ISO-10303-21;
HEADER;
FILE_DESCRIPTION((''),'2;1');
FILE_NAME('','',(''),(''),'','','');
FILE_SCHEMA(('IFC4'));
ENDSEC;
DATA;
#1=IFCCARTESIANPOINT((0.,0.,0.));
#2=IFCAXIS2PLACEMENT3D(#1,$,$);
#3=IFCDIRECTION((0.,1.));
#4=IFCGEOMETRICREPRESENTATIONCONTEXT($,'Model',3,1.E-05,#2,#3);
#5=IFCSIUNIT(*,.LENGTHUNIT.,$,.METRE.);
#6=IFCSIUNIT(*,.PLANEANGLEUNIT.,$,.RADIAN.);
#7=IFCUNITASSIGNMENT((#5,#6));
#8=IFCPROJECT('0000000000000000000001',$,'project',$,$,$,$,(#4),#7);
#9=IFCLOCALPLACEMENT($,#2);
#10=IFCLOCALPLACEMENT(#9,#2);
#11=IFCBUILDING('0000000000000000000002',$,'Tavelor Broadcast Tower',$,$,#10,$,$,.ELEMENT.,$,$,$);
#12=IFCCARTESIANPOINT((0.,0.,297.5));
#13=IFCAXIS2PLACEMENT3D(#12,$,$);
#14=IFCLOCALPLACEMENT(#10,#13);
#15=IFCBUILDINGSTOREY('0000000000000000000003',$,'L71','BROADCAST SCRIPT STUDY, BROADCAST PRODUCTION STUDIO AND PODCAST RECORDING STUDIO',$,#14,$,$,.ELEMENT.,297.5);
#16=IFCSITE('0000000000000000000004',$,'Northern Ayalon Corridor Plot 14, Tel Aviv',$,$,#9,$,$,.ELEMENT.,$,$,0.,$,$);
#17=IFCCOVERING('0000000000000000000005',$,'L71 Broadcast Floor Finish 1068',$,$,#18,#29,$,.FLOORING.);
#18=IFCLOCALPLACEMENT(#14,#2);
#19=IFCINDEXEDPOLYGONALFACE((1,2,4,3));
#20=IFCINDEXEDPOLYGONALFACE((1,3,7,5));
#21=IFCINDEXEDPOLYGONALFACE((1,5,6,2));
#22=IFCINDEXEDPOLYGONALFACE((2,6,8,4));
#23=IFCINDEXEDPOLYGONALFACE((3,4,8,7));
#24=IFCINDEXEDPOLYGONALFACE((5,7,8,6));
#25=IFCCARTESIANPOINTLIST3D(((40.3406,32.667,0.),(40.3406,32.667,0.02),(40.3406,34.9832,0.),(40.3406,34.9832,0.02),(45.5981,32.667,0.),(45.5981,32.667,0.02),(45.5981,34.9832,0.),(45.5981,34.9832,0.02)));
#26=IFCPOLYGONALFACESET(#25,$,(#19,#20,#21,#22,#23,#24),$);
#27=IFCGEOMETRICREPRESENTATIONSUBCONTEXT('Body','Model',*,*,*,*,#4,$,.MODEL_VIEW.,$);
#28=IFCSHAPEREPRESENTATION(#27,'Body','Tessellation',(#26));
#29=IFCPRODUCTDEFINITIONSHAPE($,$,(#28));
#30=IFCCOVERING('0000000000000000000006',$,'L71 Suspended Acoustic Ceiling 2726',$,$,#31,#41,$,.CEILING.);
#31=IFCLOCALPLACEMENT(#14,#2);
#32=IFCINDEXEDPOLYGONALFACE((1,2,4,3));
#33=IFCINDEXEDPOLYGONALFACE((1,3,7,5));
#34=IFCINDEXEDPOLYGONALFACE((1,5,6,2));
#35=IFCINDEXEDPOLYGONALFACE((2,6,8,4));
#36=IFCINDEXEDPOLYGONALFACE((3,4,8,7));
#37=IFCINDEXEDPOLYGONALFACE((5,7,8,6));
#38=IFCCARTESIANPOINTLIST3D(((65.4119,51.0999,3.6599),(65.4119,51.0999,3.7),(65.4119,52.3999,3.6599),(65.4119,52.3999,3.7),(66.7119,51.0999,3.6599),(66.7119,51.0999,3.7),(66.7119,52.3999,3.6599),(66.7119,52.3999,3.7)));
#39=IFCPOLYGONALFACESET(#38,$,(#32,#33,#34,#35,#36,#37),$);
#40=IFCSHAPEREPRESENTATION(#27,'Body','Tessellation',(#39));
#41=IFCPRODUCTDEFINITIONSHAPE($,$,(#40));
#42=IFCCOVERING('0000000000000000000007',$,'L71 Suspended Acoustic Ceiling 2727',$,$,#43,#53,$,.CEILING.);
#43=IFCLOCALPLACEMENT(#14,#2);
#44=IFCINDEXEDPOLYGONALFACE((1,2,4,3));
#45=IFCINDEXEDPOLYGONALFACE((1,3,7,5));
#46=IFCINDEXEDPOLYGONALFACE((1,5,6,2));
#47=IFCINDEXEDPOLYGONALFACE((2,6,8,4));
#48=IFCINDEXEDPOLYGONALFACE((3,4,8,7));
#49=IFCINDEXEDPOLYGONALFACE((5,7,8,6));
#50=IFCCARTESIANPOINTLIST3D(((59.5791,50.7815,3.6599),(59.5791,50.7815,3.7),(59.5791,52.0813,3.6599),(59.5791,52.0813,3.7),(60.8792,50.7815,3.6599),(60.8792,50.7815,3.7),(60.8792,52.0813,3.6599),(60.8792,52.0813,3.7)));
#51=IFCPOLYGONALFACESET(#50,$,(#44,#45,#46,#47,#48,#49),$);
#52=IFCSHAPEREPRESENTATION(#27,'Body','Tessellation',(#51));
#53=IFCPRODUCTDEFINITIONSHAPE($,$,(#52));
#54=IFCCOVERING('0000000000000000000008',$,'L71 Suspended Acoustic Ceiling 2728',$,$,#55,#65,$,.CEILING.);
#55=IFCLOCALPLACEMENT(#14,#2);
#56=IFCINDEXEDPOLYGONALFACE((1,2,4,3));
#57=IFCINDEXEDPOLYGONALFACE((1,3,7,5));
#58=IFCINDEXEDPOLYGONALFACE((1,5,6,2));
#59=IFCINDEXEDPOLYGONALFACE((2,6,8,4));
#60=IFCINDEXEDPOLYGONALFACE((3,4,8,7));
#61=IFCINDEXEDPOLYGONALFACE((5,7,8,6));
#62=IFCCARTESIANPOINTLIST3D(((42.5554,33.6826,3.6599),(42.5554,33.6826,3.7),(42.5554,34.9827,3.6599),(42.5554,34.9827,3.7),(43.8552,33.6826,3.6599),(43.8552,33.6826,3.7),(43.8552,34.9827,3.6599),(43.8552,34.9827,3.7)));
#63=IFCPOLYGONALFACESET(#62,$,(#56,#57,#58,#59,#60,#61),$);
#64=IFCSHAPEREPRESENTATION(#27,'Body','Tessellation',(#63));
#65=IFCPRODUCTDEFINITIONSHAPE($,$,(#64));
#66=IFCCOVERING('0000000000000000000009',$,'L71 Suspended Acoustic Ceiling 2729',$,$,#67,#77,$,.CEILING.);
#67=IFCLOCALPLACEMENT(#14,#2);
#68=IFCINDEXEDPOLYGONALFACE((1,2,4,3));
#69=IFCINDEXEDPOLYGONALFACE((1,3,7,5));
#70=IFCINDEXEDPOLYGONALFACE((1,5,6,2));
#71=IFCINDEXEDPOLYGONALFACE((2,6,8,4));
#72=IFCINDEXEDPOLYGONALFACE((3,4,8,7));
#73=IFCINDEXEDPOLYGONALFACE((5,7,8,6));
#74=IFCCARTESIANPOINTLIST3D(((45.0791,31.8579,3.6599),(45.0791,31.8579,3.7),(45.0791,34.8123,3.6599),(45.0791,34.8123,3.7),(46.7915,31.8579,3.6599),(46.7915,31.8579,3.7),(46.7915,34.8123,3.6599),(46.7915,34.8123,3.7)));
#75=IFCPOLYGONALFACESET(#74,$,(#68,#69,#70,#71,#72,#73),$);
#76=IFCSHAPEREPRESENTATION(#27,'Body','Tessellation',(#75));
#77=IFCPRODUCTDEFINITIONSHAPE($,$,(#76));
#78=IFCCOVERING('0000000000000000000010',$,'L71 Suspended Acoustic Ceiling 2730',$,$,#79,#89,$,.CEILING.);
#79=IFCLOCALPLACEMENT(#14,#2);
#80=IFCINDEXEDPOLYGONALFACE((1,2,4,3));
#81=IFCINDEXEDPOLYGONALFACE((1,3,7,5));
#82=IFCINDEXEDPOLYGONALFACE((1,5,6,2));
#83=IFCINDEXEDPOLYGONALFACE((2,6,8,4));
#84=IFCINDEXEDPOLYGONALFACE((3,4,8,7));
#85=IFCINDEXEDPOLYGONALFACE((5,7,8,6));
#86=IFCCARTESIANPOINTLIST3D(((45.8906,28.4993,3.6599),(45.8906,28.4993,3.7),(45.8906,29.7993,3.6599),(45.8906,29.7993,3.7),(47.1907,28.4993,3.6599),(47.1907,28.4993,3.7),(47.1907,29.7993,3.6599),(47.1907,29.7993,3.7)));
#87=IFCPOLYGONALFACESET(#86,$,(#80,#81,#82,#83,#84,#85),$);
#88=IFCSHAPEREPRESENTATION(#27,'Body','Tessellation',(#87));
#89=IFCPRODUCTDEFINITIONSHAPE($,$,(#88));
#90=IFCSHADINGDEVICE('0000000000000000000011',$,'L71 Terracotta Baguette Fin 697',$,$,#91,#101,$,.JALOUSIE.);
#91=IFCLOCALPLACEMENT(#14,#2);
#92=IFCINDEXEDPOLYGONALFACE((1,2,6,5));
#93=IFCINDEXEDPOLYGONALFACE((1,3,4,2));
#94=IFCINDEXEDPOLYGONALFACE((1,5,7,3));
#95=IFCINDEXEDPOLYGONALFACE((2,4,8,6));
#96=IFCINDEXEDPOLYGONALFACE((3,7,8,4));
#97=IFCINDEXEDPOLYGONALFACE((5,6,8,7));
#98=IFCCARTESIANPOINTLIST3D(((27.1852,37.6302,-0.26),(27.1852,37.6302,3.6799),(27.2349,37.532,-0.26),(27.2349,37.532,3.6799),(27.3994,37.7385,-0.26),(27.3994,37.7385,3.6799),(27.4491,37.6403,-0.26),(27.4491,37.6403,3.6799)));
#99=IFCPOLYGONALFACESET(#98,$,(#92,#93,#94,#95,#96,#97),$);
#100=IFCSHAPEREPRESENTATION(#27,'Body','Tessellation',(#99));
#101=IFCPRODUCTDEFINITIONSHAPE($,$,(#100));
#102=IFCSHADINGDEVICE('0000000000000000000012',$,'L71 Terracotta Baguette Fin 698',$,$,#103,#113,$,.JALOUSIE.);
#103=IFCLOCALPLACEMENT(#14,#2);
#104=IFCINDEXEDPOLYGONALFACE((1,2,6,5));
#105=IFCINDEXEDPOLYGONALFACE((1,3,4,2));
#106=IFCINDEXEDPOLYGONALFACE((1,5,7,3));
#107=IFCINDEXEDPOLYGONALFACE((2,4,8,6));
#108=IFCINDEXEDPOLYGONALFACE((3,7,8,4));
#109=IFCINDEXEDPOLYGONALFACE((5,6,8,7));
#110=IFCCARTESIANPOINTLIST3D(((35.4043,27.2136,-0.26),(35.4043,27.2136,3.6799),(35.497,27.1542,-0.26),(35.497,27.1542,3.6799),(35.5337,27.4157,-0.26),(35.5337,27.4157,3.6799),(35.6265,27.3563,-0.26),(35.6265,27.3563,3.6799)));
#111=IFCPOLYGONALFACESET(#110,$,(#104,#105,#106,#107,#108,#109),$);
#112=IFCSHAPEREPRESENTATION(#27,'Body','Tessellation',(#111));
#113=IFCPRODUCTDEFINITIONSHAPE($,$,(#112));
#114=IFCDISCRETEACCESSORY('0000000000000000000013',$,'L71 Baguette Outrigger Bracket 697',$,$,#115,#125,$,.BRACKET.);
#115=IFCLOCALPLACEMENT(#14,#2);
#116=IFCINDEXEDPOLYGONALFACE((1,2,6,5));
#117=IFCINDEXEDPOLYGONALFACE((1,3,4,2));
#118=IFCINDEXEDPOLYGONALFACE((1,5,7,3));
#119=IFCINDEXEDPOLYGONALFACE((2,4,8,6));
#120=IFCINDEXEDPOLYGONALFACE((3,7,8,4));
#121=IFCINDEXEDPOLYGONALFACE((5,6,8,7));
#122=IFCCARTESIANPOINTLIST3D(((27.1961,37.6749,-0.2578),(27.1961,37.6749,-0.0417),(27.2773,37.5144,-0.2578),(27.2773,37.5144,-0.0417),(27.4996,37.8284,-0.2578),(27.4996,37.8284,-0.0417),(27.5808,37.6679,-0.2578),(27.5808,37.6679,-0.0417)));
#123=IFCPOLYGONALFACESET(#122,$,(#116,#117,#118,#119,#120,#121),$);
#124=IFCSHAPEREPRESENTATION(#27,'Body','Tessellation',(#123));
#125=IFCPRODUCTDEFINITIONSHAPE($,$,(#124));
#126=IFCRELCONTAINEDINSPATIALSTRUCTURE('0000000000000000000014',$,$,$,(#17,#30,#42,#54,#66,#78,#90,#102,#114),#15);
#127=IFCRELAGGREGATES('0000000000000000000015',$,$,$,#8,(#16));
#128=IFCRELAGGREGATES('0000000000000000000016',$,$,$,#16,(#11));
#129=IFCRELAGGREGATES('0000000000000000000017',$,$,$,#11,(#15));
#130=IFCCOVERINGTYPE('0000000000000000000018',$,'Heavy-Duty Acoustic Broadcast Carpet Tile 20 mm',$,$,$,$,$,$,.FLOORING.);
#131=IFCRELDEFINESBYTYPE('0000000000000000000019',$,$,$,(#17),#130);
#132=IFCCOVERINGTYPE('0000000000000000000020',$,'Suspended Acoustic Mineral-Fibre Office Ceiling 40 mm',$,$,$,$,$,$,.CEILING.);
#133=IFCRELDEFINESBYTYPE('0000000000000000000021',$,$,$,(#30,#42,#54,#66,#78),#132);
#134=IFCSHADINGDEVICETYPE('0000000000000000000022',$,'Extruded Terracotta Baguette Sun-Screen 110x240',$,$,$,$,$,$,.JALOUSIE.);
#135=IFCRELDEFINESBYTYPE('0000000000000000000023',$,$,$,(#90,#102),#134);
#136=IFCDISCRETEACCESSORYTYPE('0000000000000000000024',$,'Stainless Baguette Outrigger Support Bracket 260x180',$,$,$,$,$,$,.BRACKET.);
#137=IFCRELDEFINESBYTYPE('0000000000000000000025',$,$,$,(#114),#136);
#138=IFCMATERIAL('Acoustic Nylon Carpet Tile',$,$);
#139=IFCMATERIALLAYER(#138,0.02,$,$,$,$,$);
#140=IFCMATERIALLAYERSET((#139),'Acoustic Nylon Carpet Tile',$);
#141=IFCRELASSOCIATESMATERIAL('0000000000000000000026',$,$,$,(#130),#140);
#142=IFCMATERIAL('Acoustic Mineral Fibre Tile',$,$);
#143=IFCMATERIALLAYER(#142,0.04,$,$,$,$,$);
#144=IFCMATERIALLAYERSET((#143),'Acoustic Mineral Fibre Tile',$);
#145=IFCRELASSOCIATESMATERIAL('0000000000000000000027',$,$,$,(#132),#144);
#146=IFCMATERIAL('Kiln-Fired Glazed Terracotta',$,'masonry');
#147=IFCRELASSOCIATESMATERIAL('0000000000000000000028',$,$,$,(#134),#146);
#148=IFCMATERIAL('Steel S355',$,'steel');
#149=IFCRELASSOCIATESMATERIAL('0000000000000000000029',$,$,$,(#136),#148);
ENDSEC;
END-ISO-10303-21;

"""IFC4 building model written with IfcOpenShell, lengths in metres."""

from ifc_helpers import new_model, si_unit, direction, frame, origin, origin_2d, place, context, subcontext, project, spatial, polyline, rectangle, outline, extrude, source, transform, mapped, material, layer, layer_set, type_object, type_shapes, element, save


model = new_model("IFC4")

# Units and contexts
model_context = context("Model", 3, precision=1e-05, world=origin(), true_north=direction((0.0, 1.0)))
body_context = subcontext(model_context, "Body", "Model", "MODEL_VIEW")
ifc_project = project(units=[si_unit("LENGTHUNIT", "METRE"), si_unit("PLANEANGLEUNIT", "RADIAN")], contexts=[model_context])

# Site, building, storey
site_placement = place(None, origin())
site = spatial("IfcSite", under=ifc_project, at=site_placement, Name="Northern Ayalon Corridor Plot 14, Tel Aviv", CompositionType="ELEMENT", RefElevation=0.0)
building_placement = place(site_placement, origin())
building = spatial("IfcBuilding", under=site, at=building_placement, Name="Tavelor Broadcast Tower", CompositionType="ELEMENT")
storey_placement = place(building_placement, frame((0.0, 0.0, 297.5)))
storey = spatial("IfcBuildingStorey", under=building, at=storey_placement, Name="L71", Description="BROADCAST SCRIPT STUDY, BROADCAST PRODUCTION STUDIO AND PODCAST RECORDING STUDIO", CompositionType="ELEMENT", Elevation=297.5)

# Coverings
ifc_material_1 = material(Name="Acoustic Nylon Carpet Tile")
ifc_layer_1 = layer(ifc_material_1, 0.02)
ifc_layer_set_1 = layer_set([ifc_layer_1], Name="Acoustic Nylon Carpet Tile")
covering_type_1 = type_object("IfcCoveringType", Name="Heavy-Duty Acoustic Broadcast Carpet Tile 20 mm", PredefinedType="FLOORING", material=ifc_layer_set_1)
covering_1_placement = place(storey_placement, origin())
element("IfcCovering", 1, at=covering_1_placement, inside=storey, type_object=covering_type_1, Name="L71 Broadcast Floor Finish 1068", PredefinedType="FLOORING", context=body_context, shape_type="SweptSolid", body=[
    extrude(outline(polyline([(40.3406, 32.667), (45.5981, 32.667), (45.5981, 34.9832), (40.3406, 34.9832), (40.3406, 32.667)])), origin(), (0.0, 0.0, 1.0), 0.02),
])
ifc_material_2 = material(Name="Acoustic Mineral Fibre Tile")
ifc_layer_2 = layer(ifc_material_2, 0.04)
ifc_layer_set_2 = layer_set([ifc_layer_2], Name="Acoustic Mineral Fibre Tile")
covering_type_2 = type_object("IfcCoveringType", Name="Suspended Acoustic Mineral-Fibre Office Ceiling 40 mm", PredefinedType="CEILING", material=ifc_layer_set_2)
covering_2_placement = place(storey_placement, frame((0.0, 0.0, 3.6599)))
element("IfcCovering", 2, at=covering_2_placement, inside=storey, type_object=covering_type_2, Name="L71 Suspended Acoustic Ceiling 2726", PredefinedType="CEILING", context=body_context, shape_type="SweptSolid", body=[
    extrude(outline(polyline([(65.4119, 51.0999), (66.7119, 51.0999), (66.7119, 52.3999), (65.4119, 52.3999), (65.4119, 51.0999)])), origin(), (0.0, 0.0, 1.0), 0.04),
])
covering_3_placement = place(storey_placement, frame((0.0, 0.0, 3.6599)))
element("IfcCovering", 3, at=covering_3_placement, inside=storey, type_object=covering_type_2, Name="L71 Suspended Acoustic Ceiling 2727", PredefinedType="CEILING", context=body_context, shape_type="SweptSolid", body=[
    extrude(outline(polyline([(59.5791, 50.7815), (60.8792, 50.7815), (60.8792, 52.0813), (59.5791, 52.0813), (59.5791, 50.7815)])), origin(), (0.0, 0.0, 1.0), 0.04),
])
covering_4_placement = place(storey_placement, frame((0.0, 0.0, 3.6599)))
element("IfcCovering", 4, at=covering_4_placement, inside=storey, type_object=covering_type_2, Name="L71 Suspended Acoustic Ceiling 2728", PredefinedType="CEILING", context=body_context, shape_type="SweptSolid", body=[
    extrude(outline(polyline([(42.5554, 33.6826), (43.8552, 33.6826), (43.8552, 34.9827), (42.5554, 34.9827), (42.5554, 33.6826)])), origin(), (0.0, 0.0, 1.0), 0.04),
])
covering_5_placement = place(storey_placement, frame((0.0, 0.0, 3.6599)))
element("IfcCovering", 5, at=covering_5_placement, inside=storey, type_object=covering_type_2, Name="L71 Suspended Acoustic Ceiling 2729", PredefinedType="CEILING", context=body_context, shape_type="SweptSolid", body=[
    extrude(outline(polyline([(45.0791, 31.8579), (46.7915, 31.8579), (46.7915, 34.8123), (45.0791, 34.8123), (45.0791, 31.8579)])), origin(), (0.0, 0.0, 1.0), 0.04),
])
covering_6_placement = place(storey_placement, frame((0.0, 0.0, 3.6599)))
element("IfcCovering", 6, at=covering_6_placement, inside=storey, type_object=covering_type_2, Name="L71 Suspended Acoustic Ceiling 2730", PredefinedType="CEILING", context=body_context, shape_type="SweptSolid", body=[
    extrude(outline(polyline([(45.8906, 28.4993), (47.1907, 28.4993), (47.1907, 29.7993), (45.8906, 29.7993), (45.8906, 28.4993)])), origin(), (0.0, 0.0, 1.0), 0.04),
])

# Shading devices
ifc_material_3 = material(Name="Kiln-Fired Glazed Terracotta", Category="masonry")
shading_device_type = type_object("IfcShadingDeviceType", Name="Extruded Terracotta Baguette Sun-Screen 110x240", PredefinedType="JALOUSIE", material=ifc_material_3)
shared_shape_1 = source(origin(), body_context, "Body", "SweptSolid", [
    extrude(rectangle(XDim=0.1101, YDim=0.24, at=origin_2d()), origin(), (0.0, 0.0, 1.0), 3.9399),
])
type_shapes(shading_device_type, [shared_shape_1])
for number, where, z_axis, x_axis, name in (
    (7, (27.3171, 37.6353, -0.26), (0.0, 0.0, 1.0), (0.451345, -0.89235, 0.0), "L71 Terracotta Baguette Fin 697"),
    (8, (35.5154, 27.2849, -0.26), (0.0, 0.0, 1.0), (0.842076, -0.539359, 0.0), "L71 Terracotta Baguette Fin 698"),
):
    element("IfcShadingDevice", number, at=place(storey_placement, frame(where, z_axis=z_axis, x_axis=x_axis)), inside=storey, type_object=shading_device_type, Name=name, PredefinedType="JALOUSIE", context=body_context, shape_type="MappedRepresentation", body=[
        mapped(shared_shape_1, transform((0.0, 0.0, 0.0), scale=1.0)),
    ])

# Discrete accessory
ifc_material_4 = material(Name="Steel S355", Category="steel")
discrete_accessory_type = type_object("IfcDiscreteAccessoryType", Name="Stainless Baguette Outrigger Support Bracket 260x180", PredefinedType="BRACKET", material=ifc_material_4)
shared_shape_2 = source(origin(), body_context, "Body", "SweptSolid", [
    extrude(rectangle(XDim=0.1799, YDim=0.3401, at=origin_2d()), origin(), (0.0, 0.0, 1.0), 0.2161),
])
type_shapes(discrete_accessory_type, [shared_shape_2])
discrete_accessory_placement = place(storey_placement, frame((27.3884, 37.6714, -0.2578), z_axis=(0.0, 0.0, 1.0), x_axis=(0.451345, -0.89235, 0.0)))
element("IfcDiscreteAccessory", 9, at=discrete_accessory_placement, inside=storey, type_object=discrete_accessory_type, Name="L71 Baguette Outrigger Bracket 697", PredefinedType="BRACKET", context=body_context, shape_type="MappedRepresentation", body=[
    mapped(shared_shape_2, transform((0.0, 0.0, 0.0), scale=1.0)),
])

save(model, "model.ifc")
